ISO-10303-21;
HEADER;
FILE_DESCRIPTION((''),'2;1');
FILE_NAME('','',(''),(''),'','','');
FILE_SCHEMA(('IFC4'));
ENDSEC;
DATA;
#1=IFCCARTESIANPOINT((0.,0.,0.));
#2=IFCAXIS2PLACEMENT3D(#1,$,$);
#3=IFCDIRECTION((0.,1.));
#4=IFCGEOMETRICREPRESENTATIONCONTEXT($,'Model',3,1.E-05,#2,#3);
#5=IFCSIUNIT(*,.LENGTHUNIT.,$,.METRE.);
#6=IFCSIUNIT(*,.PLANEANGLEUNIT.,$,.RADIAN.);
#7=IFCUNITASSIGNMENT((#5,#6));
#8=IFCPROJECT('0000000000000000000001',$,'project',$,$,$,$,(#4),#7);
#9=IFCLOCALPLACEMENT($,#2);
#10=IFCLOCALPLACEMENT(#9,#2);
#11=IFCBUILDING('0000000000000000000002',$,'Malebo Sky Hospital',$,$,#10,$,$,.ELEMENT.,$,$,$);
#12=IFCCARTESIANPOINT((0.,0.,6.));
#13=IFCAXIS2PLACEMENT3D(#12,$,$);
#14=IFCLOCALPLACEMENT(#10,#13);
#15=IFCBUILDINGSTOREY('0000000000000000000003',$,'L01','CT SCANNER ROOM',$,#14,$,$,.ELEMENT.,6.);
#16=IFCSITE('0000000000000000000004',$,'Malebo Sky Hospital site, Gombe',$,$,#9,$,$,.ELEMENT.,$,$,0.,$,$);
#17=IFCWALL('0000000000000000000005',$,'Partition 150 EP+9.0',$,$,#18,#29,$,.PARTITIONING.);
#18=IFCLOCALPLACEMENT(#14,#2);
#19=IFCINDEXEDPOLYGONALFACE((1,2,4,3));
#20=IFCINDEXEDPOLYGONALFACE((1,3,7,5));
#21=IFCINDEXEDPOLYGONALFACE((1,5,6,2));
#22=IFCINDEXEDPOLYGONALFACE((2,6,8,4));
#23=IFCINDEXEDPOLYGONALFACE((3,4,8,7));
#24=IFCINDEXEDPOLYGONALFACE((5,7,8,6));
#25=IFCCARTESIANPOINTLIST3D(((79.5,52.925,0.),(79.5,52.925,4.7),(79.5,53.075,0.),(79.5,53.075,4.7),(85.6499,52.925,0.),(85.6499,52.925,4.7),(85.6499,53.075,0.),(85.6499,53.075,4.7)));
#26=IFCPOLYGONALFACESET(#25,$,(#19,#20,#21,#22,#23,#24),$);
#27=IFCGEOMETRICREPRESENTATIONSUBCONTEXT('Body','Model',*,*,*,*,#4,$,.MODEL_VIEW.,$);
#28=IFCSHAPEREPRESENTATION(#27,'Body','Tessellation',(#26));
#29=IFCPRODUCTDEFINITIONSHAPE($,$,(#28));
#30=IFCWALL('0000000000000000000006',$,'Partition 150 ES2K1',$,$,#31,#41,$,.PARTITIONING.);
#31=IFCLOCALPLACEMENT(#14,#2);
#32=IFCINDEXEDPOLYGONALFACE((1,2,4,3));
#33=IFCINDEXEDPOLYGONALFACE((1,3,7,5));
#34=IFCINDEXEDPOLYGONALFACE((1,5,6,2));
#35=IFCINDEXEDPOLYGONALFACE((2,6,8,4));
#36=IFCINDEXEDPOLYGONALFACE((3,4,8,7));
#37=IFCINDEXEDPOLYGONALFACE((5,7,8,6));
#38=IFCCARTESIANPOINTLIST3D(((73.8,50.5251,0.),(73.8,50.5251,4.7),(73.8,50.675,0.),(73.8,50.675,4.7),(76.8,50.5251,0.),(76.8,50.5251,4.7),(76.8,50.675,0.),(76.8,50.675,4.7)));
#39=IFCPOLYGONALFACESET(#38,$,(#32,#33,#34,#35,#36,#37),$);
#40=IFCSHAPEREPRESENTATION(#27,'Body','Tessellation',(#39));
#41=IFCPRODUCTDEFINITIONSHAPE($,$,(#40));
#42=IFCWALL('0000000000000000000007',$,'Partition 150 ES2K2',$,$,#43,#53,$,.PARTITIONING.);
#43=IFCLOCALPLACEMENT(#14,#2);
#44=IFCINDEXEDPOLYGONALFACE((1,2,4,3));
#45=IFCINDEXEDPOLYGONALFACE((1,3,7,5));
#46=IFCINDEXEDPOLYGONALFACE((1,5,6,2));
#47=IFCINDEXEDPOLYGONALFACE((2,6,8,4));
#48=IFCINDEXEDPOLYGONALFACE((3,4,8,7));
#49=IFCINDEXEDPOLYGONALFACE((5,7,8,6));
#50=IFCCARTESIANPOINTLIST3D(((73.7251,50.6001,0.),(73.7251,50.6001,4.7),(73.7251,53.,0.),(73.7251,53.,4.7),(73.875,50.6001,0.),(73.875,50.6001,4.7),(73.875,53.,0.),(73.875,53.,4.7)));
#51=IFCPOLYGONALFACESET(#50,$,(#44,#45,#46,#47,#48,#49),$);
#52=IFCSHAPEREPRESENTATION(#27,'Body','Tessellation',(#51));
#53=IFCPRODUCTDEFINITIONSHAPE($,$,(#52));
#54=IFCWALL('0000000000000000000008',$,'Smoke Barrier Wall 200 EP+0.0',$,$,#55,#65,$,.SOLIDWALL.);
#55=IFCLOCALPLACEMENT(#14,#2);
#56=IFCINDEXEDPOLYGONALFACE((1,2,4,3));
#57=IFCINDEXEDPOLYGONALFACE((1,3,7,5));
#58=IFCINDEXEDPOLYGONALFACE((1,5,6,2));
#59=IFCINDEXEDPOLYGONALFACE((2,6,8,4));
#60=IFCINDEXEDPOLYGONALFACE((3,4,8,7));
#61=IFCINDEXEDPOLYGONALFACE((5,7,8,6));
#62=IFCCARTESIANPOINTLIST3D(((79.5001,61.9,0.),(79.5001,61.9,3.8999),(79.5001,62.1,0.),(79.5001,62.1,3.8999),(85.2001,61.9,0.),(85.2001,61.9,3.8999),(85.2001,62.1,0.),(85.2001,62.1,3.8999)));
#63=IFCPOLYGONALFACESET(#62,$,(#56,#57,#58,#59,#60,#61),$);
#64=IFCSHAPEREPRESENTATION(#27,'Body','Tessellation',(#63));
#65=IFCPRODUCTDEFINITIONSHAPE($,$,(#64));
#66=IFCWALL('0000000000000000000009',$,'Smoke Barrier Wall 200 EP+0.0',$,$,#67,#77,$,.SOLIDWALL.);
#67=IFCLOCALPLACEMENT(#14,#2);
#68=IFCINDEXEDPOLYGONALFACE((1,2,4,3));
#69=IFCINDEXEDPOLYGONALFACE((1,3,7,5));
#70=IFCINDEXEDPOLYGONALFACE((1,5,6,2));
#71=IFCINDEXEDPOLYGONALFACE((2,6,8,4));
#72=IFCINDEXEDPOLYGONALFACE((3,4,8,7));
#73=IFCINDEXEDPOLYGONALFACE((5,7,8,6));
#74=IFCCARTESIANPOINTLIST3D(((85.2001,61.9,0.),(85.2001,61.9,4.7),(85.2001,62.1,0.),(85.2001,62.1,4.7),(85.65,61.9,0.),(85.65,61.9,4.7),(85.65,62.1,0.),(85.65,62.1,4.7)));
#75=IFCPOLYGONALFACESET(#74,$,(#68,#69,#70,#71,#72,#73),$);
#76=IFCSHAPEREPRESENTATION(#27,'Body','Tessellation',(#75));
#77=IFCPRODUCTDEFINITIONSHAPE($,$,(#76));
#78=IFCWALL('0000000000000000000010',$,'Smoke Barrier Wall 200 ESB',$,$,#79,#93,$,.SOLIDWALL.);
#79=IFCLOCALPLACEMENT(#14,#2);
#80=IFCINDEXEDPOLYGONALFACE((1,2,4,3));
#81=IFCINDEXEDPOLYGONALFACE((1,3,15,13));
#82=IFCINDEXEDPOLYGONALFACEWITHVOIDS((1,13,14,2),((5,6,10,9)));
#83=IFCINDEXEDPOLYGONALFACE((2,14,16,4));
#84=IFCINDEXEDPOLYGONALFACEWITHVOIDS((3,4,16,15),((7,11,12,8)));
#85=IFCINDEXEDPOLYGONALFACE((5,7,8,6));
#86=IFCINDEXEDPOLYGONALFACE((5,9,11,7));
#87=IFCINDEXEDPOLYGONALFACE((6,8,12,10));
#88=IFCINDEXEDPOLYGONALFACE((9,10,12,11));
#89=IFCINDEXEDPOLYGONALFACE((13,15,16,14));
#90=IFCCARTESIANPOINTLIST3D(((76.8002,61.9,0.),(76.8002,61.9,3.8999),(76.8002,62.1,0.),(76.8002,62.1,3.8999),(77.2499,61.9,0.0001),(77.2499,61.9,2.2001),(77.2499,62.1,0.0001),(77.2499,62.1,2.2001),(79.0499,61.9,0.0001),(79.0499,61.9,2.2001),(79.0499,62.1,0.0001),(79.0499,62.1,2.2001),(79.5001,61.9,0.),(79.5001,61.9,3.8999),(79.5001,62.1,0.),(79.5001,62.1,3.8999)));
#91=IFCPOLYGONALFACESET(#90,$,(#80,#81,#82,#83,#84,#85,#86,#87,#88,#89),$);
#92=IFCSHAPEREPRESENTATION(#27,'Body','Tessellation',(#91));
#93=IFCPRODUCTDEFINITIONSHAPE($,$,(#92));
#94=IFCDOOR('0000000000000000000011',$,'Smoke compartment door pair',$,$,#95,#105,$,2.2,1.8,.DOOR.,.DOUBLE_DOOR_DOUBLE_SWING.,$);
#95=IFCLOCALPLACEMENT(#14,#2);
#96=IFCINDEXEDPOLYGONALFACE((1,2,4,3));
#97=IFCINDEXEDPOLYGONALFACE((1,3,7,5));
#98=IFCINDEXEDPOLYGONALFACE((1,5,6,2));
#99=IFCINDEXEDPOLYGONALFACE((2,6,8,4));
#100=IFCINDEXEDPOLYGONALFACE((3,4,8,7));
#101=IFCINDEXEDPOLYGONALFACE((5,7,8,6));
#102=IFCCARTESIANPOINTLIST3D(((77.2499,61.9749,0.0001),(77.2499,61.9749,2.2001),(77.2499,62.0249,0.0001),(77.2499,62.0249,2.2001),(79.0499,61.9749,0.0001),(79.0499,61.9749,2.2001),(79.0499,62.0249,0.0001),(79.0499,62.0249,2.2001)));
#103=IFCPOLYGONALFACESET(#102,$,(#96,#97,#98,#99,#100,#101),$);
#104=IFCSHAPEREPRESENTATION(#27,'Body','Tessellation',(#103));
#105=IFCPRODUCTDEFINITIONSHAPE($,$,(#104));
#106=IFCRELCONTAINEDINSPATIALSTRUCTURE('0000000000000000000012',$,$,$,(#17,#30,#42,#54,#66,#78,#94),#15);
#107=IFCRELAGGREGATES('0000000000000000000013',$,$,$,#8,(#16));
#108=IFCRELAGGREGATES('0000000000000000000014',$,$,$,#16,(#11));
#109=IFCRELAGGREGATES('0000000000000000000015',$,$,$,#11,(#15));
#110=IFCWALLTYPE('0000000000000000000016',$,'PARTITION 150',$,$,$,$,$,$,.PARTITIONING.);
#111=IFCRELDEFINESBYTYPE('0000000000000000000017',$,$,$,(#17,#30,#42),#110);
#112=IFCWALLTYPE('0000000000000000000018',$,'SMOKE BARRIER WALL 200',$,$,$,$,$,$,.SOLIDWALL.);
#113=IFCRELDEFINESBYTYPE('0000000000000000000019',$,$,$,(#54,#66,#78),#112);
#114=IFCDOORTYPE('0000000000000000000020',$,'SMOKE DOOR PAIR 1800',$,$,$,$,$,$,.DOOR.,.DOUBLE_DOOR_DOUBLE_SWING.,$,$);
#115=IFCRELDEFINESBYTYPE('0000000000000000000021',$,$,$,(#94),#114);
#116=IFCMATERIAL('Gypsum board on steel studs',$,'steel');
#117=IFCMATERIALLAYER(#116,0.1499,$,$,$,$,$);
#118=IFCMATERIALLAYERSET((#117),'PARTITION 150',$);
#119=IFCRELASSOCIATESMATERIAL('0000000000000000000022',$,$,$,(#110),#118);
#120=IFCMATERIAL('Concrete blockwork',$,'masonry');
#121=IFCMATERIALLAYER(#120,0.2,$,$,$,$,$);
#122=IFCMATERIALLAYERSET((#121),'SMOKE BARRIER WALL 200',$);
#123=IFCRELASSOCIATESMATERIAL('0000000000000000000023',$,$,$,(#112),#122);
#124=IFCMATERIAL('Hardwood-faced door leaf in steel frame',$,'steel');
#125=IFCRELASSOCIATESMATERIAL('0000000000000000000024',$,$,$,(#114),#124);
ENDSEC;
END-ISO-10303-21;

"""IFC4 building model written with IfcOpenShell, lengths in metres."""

from ifc_helpers import new_model, si_unit, direction, frame, frame_2d, origin, place, context, subcontext, project, spatial, rectangle, extrude, material, layer, layer_set, type_object, element, fill, save


model = new_model("IFC4")

# Units and contexts
model_context = context("Model", 3, precision=1e-05, world=origin(), true_north=direction((0.0, 1.0)))
body_context = subcontext(model_context, "Body", "Model", "MODEL_VIEW")
ifc_project = project(units=[si_unit("LENGTHUNIT", "METRE"), si_unit("PLANEANGLEUNIT", "RADIAN")], contexts=[model_context])

# Site, building, storey
site_placement = place(None, origin())
site = spatial("IfcSite", under=ifc_project, at=site_placement, Name="Malebo Sky Hospital site, Gombe", CompositionType="ELEMENT", RefElevation=0.0)
building_placement = place(site_placement, origin())
building = spatial("IfcBuilding", under=site, at=building_placement, Name="Malebo Sky Hospital", CompositionType="ELEMENT")
storey_placement = place(building_placement, frame((0.0, 0.0, 6.0)))
storey = spatial("IfcBuildingStorey", under=building, at=storey_placement, Name="L01", Description="CT SCANNER ROOM", CompositionType="ELEMENT", Elevation=6.0)

# Shared definitions
ifc_material_1 = material(Name="Gypsum board on steel studs", Category="steel")
ifc_material_2 = material(Name="Hardwood-faced door leaf in steel frame", Category="steel")

# Walls
ifc_layer_1 = layer(ifc_material_1, 0.1499)
ifc_layer_set_1 = layer_set([ifc_layer_1], Name="PARTITION 150")
wall_type_1 = type_object("IfcWallType", Name="PARTITION 150", PredefinedType="PARTITIONING", material=ifc_layer_set_1)
wall_1_placement = place(storey_placement, frame((79.5, 53.0, 0.0), z_axis=(0.0, 0.0, 1.0), x_axis=(1.0, 0.0, 0.0)))
element("IfcWall", 1, at=wall_1_placement, inside=storey, type_object=wall_type_1, Name="Partition 150 EP+9.0", PredefinedType="PARTITIONING", context=body_context, shape_type="SweptSolid", body=[
    extrude(rectangle(XDim=6.1499, YDim=0.1499, at=frame_2d((3.075, 0.0))), origin(), (0.0, 0.0, 1.0), 4.7),
])
wall_2_placement = place(storey_placement, frame((73.8, 50.6001, 0.0), z_axis=(0.0, 0.0, 1.0), x_axis=(1.0, 0.0, 0.0)))
element("IfcWall", 2, at=wall_2_placement, inside=storey, type_object=wall_type_1, Name="Partition 150 ES2K1", PredefinedType="PARTITIONING", context=body_context, shape_type="SweptSolid", body=[
    extrude(rectangle(XDim=3.0, YDim=0.1499, at=frame_2d((1.5, 0.0))), origin(), (0.0, 0.0, 1.0), 4.7),
])
wall_3_placement = place(storey_placement, frame((73.8, 53.0, 0.0), z_axis=(0.0, 0.0, 1.0), x_axis=(0.0, -1.0, 0.0)))
element("IfcWall", 3, at=wall_3_placement, inside=storey, type_object=wall_type_1, Name="Partition 150 ES2K2", PredefinedType="PARTITIONING", context=body_context, shape_type="SweptSolid", body=[
    extrude(rectangle(XDim=2.3999, YDim=0.1499, at=frame_2d((1.2, 0.0))), origin(), (0.0, 0.0, 1.0), 4.7),
])
ifc_material_3 = material(Name="Concrete blockwork", Category="masonry")
ifc_layer_2 = layer(ifc_material_3, 0.2)
ifc_layer_set_2 = layer_set([ifc_layer_2], Name="SMOKE BARRIER WALL 200")
wall_type_2 = type_object("IfcWallType", Name="SMOKE BARRIER WALL 200", PredefinedType="SOLIDWALL", material=ifc_layer_set_2)
wall_4_placement = place(storey_placement, frame((79.5, 62.0, 0.0), z_axis=(0.0, 0.0, 1.0), x_axis=(1.0, 0.0, 0.0)))
element("IfcWall", 4, at=wall_4_placement, inside=storey, type_object=wall_type_2, Name="Smoke Barrier Wall 200 EP+0.0", PredefinedType="SOLIDWALL", context=body_context, shape_type="SweptSolid", body=[
    extrude(rectangle(XDim=5.7, YDim=0.2, at=frame_2d((2.8501, 0.0))), origin(), (0.0, 0.0, 1.0), 3.8999),
])
wall_5_placement = place(storey_placement, frame((85.2, 62.0, 0.0), z_axis=(0.0, 0.0, 1.0), x_axis=(1.0, 0.0, 0.0)))
element("IfcWall", 5, at=wall_5_placement, inside=storey, type_object=wall_type_2, Name="Smoke Barrier Wall 200 EP+0.0", PredefinedType="SOLIDWALL", context=body_context, shape_type="SweptSolid", body=[
    extrude(rectangle(XDim=0.45, YDim=0.2, at=frame_2d((0.2251, 0.0))), origin(), (0.0, 0.0, 1.0), 4.7),
])

# Wall, opening, door
wall_6_placement = place(storey_placement, frame((76.8, 62.0, 0.0), z_axis=(0.0, 0.0, 1.0), x_axis=(1.0, 0.0, 0.0)))
wall_6 = element("IfcWall", 6, at=wall_6_placement, inside=storey, type_object=wall_type_2, Name="Smoke Barrier Wall 200 ESB", PredefinedType="SOLIDWALL", context=body_context, shape_type="SweptSolid", body=[
    extrude(rectangle(XDim=2.7, YDim=0.2, at=frame_2d((1.3501, 0.0))), origin(), (0.0, 0.0, 1.0), 3.8999),
])
opening_1_placement = place(wall_6_placement, frame((0.45, 0.0, 0.0)))
opening_1 = element("IfcOpeningElement", 7, at=opening_1_placement, cuts=wall_6, PredefinedType="OPENING", context=body_context, shape_type="SweptSolid", body=[
    extrude(rectangle(XDim=1.8, YDim=2.2, at=frame_2d((0.8999, 1.1001))), frame((0.0, 0.1099, 0.0), z_axis=(0.0, -1.0, 0.0), x_axis=(1.0, 0.0, 0.0)), (0.0, 0.0, 1.0), 0.22),
])
door_type_1 = type_object("IfcDoorType", Name="SMOKE DOOR PAIR 1800", OperationType="DOUBLE_DOOR_DOUBLE_SWING", PredefinedType="DOOR", material=ifc_material_2)
door_1_placement = place(opening_1_placement, origin())
door_1 = element("IfcDoor", 8, at=door_1_placement, inside=storey, type_object=door_type_1, Name="Smoke compartment door pair", OperationType="DOUBLE_DOOR_DOUBLE_SWING", OverallHeight=2.2, OverallWidth=1.8, PredefinedType="DOOR", context=body_context, shape_type="SweptSolid", body=[
    extrude(rectangle(XDim=1.8, YDim=2.2, at=frame_2d((0.8999, 1.1001))), frame((0.0, 0.0249, 0.0), z_axis=(0.0, -1.0, 0.0), x_axis=(1.0, 0.0, 0.0)), (0.0, 0.0, 1.0), 0.05),
])
fill(opening_1, door_1)

save(model, "model.ifc")
